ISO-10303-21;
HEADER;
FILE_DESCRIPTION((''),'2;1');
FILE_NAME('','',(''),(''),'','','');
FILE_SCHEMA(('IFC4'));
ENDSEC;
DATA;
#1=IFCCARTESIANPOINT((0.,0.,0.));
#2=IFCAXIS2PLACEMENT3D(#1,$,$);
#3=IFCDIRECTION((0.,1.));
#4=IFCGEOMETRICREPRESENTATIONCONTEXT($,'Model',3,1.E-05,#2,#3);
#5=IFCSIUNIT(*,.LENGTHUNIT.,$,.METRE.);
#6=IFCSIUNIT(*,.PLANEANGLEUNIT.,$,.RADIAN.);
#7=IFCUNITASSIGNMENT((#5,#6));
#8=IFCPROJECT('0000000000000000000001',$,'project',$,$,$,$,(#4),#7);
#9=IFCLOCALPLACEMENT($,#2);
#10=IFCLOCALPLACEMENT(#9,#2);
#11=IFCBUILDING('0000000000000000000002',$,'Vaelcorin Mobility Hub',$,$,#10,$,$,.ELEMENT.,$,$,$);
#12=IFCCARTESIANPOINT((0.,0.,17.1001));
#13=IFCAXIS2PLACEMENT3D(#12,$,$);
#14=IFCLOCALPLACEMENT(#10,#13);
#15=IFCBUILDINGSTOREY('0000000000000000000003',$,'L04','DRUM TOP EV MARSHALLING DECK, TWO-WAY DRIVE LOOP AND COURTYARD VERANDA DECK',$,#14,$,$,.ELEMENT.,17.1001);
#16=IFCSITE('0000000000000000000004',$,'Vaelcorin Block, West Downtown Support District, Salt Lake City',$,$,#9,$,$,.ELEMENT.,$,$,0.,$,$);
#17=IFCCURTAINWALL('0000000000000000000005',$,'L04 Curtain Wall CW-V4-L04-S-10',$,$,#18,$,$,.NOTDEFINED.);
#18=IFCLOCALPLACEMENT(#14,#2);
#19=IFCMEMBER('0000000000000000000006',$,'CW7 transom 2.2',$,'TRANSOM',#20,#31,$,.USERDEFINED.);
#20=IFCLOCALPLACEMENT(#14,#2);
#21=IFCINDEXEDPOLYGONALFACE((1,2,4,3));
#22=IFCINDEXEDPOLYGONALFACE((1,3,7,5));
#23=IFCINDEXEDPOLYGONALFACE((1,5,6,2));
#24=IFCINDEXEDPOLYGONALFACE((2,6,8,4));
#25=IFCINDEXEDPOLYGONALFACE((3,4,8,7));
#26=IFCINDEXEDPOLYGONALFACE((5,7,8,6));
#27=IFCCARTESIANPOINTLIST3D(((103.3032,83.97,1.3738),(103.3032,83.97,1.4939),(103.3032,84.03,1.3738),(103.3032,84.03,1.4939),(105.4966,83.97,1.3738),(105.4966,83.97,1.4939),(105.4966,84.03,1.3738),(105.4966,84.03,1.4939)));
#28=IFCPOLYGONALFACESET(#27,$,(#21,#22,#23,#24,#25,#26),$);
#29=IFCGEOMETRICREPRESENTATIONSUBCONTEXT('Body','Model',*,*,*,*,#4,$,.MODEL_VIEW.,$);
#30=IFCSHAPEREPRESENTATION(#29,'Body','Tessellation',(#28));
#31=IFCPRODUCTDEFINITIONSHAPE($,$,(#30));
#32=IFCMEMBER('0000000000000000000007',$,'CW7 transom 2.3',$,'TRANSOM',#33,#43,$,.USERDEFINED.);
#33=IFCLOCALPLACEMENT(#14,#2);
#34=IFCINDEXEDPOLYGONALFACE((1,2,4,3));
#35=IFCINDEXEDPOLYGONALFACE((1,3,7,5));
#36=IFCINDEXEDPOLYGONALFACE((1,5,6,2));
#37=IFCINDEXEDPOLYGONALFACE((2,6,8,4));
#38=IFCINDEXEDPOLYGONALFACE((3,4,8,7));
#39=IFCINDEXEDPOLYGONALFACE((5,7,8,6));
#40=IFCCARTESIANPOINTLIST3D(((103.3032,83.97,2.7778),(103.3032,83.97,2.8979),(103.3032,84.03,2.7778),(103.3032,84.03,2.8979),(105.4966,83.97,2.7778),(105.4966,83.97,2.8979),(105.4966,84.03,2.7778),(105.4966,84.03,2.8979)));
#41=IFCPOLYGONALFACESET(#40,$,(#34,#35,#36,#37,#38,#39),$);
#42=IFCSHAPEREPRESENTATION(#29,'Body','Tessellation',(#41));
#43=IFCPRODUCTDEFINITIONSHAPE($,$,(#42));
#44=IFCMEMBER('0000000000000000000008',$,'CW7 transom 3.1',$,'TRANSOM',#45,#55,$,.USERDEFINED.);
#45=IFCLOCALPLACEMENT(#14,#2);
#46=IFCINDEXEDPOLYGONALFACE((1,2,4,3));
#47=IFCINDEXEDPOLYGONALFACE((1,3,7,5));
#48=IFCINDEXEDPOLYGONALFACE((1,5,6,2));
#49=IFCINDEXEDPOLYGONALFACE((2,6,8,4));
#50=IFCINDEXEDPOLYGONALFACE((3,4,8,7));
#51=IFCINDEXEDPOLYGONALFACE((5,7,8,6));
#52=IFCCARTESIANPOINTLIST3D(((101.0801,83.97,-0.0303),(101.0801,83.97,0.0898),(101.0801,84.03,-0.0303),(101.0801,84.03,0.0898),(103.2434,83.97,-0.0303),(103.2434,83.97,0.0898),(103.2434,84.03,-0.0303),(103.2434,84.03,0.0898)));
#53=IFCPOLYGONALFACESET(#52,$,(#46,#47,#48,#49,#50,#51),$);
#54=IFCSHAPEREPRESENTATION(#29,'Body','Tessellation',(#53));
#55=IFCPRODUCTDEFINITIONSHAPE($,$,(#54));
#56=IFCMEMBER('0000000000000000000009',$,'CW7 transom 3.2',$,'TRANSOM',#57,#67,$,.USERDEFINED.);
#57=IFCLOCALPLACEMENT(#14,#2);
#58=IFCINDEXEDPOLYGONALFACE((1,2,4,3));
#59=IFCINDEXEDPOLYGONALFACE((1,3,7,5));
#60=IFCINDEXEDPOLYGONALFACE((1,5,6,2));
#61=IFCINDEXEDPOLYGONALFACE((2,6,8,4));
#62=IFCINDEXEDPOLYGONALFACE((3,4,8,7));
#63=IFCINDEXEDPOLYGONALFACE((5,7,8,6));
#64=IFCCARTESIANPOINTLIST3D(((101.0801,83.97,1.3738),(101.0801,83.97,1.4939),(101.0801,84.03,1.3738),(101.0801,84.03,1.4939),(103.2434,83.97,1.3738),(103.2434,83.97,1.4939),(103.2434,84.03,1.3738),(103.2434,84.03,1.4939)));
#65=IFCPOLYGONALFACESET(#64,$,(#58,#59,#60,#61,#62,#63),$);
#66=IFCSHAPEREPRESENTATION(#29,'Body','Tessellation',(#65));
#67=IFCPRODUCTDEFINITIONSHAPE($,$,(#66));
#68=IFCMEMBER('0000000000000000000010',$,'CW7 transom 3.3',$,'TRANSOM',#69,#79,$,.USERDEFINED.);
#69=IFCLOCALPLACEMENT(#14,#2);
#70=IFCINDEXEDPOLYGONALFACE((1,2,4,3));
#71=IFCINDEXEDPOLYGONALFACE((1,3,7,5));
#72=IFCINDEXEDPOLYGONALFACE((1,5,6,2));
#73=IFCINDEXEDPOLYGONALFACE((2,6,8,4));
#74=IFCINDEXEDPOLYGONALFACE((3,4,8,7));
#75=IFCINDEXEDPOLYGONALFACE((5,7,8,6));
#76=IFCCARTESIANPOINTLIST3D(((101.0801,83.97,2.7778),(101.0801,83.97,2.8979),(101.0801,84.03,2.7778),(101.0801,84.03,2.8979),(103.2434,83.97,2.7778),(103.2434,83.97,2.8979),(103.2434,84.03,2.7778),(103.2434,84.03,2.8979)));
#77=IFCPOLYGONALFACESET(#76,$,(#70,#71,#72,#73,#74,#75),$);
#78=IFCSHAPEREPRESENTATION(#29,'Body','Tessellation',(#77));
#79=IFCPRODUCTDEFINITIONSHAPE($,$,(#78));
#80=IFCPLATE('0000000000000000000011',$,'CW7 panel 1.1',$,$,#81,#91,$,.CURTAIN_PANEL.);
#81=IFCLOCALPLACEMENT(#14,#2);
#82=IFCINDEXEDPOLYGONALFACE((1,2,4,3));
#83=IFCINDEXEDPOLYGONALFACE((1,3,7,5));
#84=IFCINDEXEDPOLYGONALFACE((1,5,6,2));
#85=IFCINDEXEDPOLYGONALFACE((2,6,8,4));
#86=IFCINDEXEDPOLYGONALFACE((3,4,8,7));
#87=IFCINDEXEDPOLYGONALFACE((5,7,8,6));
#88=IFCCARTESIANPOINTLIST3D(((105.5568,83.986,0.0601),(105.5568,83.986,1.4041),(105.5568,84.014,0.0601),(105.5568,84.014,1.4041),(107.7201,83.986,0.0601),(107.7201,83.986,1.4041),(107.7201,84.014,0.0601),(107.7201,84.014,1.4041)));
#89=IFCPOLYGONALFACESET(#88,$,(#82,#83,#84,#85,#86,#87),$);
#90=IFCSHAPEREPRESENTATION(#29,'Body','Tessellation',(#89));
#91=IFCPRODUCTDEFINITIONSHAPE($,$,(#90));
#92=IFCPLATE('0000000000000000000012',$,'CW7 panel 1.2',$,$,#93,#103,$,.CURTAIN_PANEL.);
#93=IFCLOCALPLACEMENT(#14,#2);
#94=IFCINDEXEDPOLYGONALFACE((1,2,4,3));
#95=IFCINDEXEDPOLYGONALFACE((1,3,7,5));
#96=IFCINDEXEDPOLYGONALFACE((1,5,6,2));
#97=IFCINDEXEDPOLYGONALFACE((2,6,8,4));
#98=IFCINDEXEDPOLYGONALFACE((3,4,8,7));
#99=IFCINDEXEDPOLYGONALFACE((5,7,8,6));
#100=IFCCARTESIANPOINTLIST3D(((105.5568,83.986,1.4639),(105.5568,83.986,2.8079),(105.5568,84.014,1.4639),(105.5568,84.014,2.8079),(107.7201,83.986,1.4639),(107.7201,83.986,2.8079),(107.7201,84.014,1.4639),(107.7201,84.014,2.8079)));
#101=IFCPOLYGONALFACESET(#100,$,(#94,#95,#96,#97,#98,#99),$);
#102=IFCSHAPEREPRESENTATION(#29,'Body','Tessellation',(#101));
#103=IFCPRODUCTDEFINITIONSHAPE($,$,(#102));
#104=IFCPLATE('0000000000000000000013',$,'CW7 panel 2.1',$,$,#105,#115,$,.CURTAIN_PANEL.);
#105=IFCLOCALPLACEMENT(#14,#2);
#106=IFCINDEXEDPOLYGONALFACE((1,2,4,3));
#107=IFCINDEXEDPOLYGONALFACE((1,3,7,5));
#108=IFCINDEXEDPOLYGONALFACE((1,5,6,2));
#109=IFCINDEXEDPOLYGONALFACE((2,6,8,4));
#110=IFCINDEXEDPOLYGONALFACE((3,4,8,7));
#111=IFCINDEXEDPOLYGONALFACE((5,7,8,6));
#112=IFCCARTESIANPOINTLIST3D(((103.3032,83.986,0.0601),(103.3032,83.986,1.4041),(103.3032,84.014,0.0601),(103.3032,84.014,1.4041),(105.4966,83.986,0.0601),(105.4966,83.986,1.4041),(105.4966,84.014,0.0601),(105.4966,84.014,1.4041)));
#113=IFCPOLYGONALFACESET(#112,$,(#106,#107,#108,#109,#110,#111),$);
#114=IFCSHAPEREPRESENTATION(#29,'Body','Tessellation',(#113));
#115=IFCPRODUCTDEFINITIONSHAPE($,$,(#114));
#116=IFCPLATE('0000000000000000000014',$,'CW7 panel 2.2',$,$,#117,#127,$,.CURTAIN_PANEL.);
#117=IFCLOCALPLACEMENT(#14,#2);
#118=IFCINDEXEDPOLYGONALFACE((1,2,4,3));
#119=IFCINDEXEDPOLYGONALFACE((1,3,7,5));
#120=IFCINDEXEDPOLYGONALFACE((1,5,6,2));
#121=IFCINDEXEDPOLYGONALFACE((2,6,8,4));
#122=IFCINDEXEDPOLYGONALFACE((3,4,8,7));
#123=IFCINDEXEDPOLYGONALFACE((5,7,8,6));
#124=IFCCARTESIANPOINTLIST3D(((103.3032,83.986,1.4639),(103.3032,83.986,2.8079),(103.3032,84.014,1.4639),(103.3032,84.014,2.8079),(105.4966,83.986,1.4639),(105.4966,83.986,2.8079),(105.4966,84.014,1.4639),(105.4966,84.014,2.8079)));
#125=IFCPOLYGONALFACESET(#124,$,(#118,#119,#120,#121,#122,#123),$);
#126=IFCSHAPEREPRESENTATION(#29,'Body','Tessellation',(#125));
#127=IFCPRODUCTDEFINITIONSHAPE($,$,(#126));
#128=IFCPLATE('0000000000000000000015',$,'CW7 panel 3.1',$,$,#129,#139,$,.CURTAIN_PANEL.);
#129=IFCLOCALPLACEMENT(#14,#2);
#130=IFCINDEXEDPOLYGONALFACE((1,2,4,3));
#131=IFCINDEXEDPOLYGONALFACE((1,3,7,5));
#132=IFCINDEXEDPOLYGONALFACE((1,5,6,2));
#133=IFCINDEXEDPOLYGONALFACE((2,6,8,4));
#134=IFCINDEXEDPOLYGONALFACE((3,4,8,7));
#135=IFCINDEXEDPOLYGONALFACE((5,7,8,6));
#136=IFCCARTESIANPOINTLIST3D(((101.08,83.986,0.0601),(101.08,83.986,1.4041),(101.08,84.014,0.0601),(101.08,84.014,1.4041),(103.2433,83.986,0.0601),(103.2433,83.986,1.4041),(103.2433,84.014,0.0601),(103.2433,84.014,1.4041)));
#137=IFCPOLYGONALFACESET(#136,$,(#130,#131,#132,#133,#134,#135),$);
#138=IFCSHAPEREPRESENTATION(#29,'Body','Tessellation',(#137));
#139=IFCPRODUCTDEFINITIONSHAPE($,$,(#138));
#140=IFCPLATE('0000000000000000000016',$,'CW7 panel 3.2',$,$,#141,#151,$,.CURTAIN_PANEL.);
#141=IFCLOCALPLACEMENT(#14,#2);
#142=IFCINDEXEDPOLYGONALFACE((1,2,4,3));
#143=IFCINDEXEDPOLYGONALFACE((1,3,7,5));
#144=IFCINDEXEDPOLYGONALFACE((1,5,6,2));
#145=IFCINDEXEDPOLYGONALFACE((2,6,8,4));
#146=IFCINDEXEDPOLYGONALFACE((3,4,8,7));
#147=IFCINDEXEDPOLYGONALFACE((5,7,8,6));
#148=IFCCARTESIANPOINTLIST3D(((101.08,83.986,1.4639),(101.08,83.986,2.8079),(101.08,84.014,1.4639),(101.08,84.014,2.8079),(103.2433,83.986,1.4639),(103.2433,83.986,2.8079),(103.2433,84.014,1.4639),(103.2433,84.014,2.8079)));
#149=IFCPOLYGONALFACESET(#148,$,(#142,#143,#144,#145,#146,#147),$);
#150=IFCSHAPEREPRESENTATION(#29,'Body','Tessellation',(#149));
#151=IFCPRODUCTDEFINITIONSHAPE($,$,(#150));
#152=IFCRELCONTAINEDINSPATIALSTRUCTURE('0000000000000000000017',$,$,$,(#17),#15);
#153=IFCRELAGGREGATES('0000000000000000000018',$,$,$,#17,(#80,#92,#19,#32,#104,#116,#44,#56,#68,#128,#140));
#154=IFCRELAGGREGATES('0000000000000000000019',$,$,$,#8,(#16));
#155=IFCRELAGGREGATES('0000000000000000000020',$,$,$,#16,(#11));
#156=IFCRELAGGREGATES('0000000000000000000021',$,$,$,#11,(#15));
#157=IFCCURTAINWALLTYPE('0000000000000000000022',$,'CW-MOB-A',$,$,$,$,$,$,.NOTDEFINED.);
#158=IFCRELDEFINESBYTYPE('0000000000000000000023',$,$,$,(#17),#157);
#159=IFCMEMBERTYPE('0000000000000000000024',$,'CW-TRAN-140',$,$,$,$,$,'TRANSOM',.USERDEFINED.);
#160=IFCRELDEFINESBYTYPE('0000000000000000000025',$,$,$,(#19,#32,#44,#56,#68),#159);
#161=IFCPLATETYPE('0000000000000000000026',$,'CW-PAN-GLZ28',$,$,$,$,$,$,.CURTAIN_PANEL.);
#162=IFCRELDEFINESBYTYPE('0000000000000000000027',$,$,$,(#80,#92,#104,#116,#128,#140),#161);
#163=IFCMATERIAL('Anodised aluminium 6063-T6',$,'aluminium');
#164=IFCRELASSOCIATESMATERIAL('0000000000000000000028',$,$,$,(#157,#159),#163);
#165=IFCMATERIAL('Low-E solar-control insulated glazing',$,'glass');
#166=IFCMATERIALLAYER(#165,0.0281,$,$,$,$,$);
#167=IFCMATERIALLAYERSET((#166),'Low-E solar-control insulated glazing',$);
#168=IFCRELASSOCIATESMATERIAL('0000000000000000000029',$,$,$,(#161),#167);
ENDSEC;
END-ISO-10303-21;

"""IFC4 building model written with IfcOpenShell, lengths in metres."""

from ifc_helpers import new_model, si_unit, direction, frame, origin, origin_2d, place, context, subcontext, project, spatial, rectangle, extrude, material, layer, layer_set, material_profile, profile_set, type_object, element, aggregate, save


model = new_model("IFC4")

# Units and contexts
model_context = context("Model", 3, precision=1e-05, world=origin(), true_north=direction((0.0, 1.0)))
body_context = subcontext(model_context, "Body", "Model", "MODEL_VIEW")
ifc_project = project(units=[si_unit("LENGTHUNIT", "METRE"), si_unit("PLANEANGLEUNIT", "RADIAN")], contexts=[model_context])

# Site, building, storey
site_placement = place(None, origin())
site = spatial("IfcSite", under=ifc_project, at=site_placement, Name="Vaelcorin Block, West Downtown Support District, Salt Lake City", CompositionType="ELEMENT", RefElevation=0.0)
building_placement = place(site_placement, origin())
building = spatial("IfcBuilding", under=site, at=building_placement, Name="Vaelcorin Mobility Hub", CompositionType="ELEMENT")
storey_placement = place(building_placement, frame((0.0, 0.0, 17.1001)))
storey = spatial("IfcBuildingStorey", under=building, at=storey_placement, Name="L04", Description="DRUM TOP EV MARSHALLING DECK, TWO-WAY DRIVE LOOP AND COURTYARD VERANDA DECK", CompositionType="ELEMENT", Elevation=17.1001)

# Curtain wall, members, plates
ifc_material_1 = material(Name="Anodised aluminium 6063-T6", Category="aluminium")
curtain_wall_type = type_object("IfcCurtainWallType", Name="CW-MOB-A", PredefinedType="NOTDEFINED", material=ifc_material_1)
curtain_wall_placement = place(storey_placement, origin())
curtain_wall = element("IfcCurtainWall", 1, at=curtain_wall_placement, inside=storey, type_object=curtain_wall_type, Name="L04 Curtain Wall CW-V4-L04-S-10", PredefinedType="NOTDEFINED")
ifc_material_profile_1 = material_profile(ifc_material_1, rectangle(XDim=0.0601, YDim=0.1201, at=origin_2d()), Name="ALU-T60X120")
ifc_profile_set_1 = profile_set([ifc_material_profile_1], Name="Anodised aluminium 6063-T6")
member_type_1 = type_object("IfcMemberType", Name="CW-TRAN-140", ElementType="TRANSOM", PredefinedType="USERDEFINED", material=ifc_profile_set_1)
member_1_placement = place(storey_placement, frame((105.4966, 84.0, 1.4338), z_axis=(-1.0, 0.0, 0.0), x_axis=(0.0, -1.0, 0.0)))
member_1 = element("IfcMember", 2, at=member_1_placement, type_object=member_type_1, Name="CW7 transom 2.2", ObjectType="TRANSOM", PredefinedType="USERDEFINED", context=body_context, shape_type="SweptSolid", body=[
    extrude(rectangle(XDim=0.0601, YDim=0.1201, at=origin_2d()), origin(), (0.0, 0.0, 1.0), 2.1934),
])
member_2_placement = place(storey_placement, frame((105.4966, 84.0, 2.8379), z_axis=(-1.0, 0.0, 0.0), x_axis=(0.0, -1.0, 0.0)))
member_2 = element("IfcMember", 3, at=member_2_placement, type_object=member_type_1, Name="CW7 transom 2.3", ObjectType="TRANSOM", PredefinedType="USERDEFINED", context=body_context, shape_type="SweptSolid", body=[
    extrude(rectangle(XDim=0.0601, YDim=0.1201, at=origin_2d()), origin(), (0.0, 0.0, 1.0), 2.1934),
])
member_3_placement = place(storey_placement, frame((103.2434, 84.0, 0.0298), z_axis=(-1.0, 0.0, 0.0), x_axis=(0.0, -1.0, 0.0)))
member_3 = element("IfcMember", 4, at=member_3_placement, type_object=member_type_1, Name="CW7 transom 3.1", ObjectType="TRANSOM", PredefinedType="USERDEFINED", context=body_context, shape_type="SweptSolid", body=[
    extrude(rectangle(XDim=0.0601, YDim=0.1201, at=origin_2d()), origin(), (0.0, 0.0, 1.0), 2.1633),
])
member_4_placement = place(storey_placement, frame((103.2434, 84.0, 1.4338), z_axis=(-1.0, 0.0, 0.0), x_axis=(0.0, -1.0, 0.0)))
member_4 = element("IfcMember", 5, at=member_4_placement, type_object=member_type_1, Name="CW7 transom 3.2", ObjectType="TRANSOM", PredefinedType="USERDEFINED", context=body_context, shape_type="SweptSolid", body=[
    extrude(rectangle(XDim=0.0601, YDim=0.1201, at=origin_2d()), origin(), (0.0, 0.0, 1.0), 2.1633),
])
member_5_placement = place(storey_placement, frame((103.2434, 84.0, 2.8379), z_axis=(-1.0, 0.0, 0.0), x_axis=(0.0, -1.0, 0.0)))
member_5 = element("IfcMember", 6, at=member_5_placement, type_object=member_type_1, Name="CW7 transom 3.3", ObjectType="TRANSOM", PredefinedType="USERDEFINED", context=body_context, shape_type="SweptSolid", body=[
    extrude(rectangle(XDim=0.0601, YDim=0.1201, at=origin_2d()), origin(), (0.0, 0.0, 1.0), 2.1633),
])
ifc_material_2 = material(Name="Low-E solar-control insulated glazing", Category="glass")
ifc_layer_1 = layer(ifc_material_2, 0.0281)
ifc_layer_set_1 = layer_set([ifc_layer_1], Name="Low-E solar-control insulated glazing")
plate_type = type_object("IfcPlateType", Name="CW-PAN-GLZ28", PredefinedType="CURTAIN_PANEL", material=ifc_layer_set_1)
plate_1_placement = place(storey_placement, frame((106.6384, 84.0, 0.0601), z_axis=(0.0, 0.0, 1.0), x_axis=(-1.0, 0.0, 0.0)))
plate_1 = element("IfcPlate", 7, at=plate_1_placement, type_object=plate_type, Name="CW7 panel 1.1", PredefinedType="CURTAIN_PANEL", context=body_context, shape_type="SweptSolid", body=[
    extrude(rectangle(XDim=2.1633, YDim=0.0281, at=origin_2d()), origin(), (0.0, 0.0, 1.0), 1.344),
])
plate_2_placement = place(storey_placement, frame((106.6384, 84.0, 1.4639), z_axis=(0.0, 0.0, 1.0), x_axis=(-1.0, 0.0, 0.0)))
plate_2 = element("IfcPlate", 8, at=plate_2_placement, type_object=plate_type, Name="CW7 panel 1.2", PredefinedType="CURTAIN_PANEL", context=body_context, shape_type="SweptSolid", body=[
    extrude(rectangle(XDim=2.1633, YDim=0.0281, at=origin_2d()), origin(), (0.0, 0.0, 1.0), 1.344),
])
plate_3_placement = place(storey_placement, frame((104.3999, 84.0, 0.0601), z_axis=(0.0, 0.0, 1.0), x_axis=(-1.0, 0.0, 0.0)))
plate_3 = element("IfcPlate", 9, at=plate_3_placement, type_object=plate_type, Name="CW7 panel 2.1", PredefinedType="CURTAIN_PANEL", context=body_context, shape_type="SweptSolid", body=[
    extrude(rectangle(XDim=2.1934, YDim=0.0281, at=origin_2d()), origin(), (0.0, 0.0, 1.0), 1.344),
])
plate_4_placement = place(storey_placement, frame((104.3999, 84.0, 1.4639), z_axis=(0.0, 0.0, 1.0), x_axis=(-1.0, 0.0, 0.0)))
plate_4 = element("IfcPlate", 10, at=plate_4_placement, type_object=plate_type, Name="CW7 panel 2.2", PredefinedType="CURTAIN_PANEL", context=body_context, shape_type="SweptSolid", body=[
    extrude(rectangle(XDim=2.1934, YDim=0.0281, at=origin_2d()), origin(), (0.0, 0.0, 1.0), 1.344),
])
plate_5_placement = place(storey_placement, frame((102.1616, 84.0, 0.0601), z_axis=(0.0, 0.0, 1.0), x_axis=(-1.0, 0.0, 0.0)))
plate_5 = element("IfcPlate", 11, at=plate_5_placement, type_object=plate_type, Name="CW7 panel 3.1", PredefinedType="CURTAIN_PANEL", context=body_context, shape_type="SweptSolid", body=[
    extrude(rectangle(XDim=2.1633, YDim=0.0281, at=origin_2d()), origin(), (0.0, 0.0, 1.0), 1.344),
])
plate_6_placement = place(storey_placement, frame((102.1616, 84.0, 1.4639), z_axis=(0.0, 0.0, 1.0), x_axis=(-1.0, 0.0, 0.0)))
plate_6 = element("IfcPlate", 12, at=plate_6_placement, type_object=plate_type, Name="CW7 panel 3.2", PredefinedType="CURTAIN_PANEL", context=body_context, shape_type="SweptSolid", body=[
    extrude(rectangle(XDim=2.1633, YDim=0.0281, at=origin_2d()), origin(), (0.0, 0.0, 1.0), 1.344),
])
aggregate(curtain_wall, [plate_1, plate_2, member_1, member_2, plate_3, plate_4, member_3, member_4, member_5, plate_5, plate_6])

save(model, "model.ifc")
